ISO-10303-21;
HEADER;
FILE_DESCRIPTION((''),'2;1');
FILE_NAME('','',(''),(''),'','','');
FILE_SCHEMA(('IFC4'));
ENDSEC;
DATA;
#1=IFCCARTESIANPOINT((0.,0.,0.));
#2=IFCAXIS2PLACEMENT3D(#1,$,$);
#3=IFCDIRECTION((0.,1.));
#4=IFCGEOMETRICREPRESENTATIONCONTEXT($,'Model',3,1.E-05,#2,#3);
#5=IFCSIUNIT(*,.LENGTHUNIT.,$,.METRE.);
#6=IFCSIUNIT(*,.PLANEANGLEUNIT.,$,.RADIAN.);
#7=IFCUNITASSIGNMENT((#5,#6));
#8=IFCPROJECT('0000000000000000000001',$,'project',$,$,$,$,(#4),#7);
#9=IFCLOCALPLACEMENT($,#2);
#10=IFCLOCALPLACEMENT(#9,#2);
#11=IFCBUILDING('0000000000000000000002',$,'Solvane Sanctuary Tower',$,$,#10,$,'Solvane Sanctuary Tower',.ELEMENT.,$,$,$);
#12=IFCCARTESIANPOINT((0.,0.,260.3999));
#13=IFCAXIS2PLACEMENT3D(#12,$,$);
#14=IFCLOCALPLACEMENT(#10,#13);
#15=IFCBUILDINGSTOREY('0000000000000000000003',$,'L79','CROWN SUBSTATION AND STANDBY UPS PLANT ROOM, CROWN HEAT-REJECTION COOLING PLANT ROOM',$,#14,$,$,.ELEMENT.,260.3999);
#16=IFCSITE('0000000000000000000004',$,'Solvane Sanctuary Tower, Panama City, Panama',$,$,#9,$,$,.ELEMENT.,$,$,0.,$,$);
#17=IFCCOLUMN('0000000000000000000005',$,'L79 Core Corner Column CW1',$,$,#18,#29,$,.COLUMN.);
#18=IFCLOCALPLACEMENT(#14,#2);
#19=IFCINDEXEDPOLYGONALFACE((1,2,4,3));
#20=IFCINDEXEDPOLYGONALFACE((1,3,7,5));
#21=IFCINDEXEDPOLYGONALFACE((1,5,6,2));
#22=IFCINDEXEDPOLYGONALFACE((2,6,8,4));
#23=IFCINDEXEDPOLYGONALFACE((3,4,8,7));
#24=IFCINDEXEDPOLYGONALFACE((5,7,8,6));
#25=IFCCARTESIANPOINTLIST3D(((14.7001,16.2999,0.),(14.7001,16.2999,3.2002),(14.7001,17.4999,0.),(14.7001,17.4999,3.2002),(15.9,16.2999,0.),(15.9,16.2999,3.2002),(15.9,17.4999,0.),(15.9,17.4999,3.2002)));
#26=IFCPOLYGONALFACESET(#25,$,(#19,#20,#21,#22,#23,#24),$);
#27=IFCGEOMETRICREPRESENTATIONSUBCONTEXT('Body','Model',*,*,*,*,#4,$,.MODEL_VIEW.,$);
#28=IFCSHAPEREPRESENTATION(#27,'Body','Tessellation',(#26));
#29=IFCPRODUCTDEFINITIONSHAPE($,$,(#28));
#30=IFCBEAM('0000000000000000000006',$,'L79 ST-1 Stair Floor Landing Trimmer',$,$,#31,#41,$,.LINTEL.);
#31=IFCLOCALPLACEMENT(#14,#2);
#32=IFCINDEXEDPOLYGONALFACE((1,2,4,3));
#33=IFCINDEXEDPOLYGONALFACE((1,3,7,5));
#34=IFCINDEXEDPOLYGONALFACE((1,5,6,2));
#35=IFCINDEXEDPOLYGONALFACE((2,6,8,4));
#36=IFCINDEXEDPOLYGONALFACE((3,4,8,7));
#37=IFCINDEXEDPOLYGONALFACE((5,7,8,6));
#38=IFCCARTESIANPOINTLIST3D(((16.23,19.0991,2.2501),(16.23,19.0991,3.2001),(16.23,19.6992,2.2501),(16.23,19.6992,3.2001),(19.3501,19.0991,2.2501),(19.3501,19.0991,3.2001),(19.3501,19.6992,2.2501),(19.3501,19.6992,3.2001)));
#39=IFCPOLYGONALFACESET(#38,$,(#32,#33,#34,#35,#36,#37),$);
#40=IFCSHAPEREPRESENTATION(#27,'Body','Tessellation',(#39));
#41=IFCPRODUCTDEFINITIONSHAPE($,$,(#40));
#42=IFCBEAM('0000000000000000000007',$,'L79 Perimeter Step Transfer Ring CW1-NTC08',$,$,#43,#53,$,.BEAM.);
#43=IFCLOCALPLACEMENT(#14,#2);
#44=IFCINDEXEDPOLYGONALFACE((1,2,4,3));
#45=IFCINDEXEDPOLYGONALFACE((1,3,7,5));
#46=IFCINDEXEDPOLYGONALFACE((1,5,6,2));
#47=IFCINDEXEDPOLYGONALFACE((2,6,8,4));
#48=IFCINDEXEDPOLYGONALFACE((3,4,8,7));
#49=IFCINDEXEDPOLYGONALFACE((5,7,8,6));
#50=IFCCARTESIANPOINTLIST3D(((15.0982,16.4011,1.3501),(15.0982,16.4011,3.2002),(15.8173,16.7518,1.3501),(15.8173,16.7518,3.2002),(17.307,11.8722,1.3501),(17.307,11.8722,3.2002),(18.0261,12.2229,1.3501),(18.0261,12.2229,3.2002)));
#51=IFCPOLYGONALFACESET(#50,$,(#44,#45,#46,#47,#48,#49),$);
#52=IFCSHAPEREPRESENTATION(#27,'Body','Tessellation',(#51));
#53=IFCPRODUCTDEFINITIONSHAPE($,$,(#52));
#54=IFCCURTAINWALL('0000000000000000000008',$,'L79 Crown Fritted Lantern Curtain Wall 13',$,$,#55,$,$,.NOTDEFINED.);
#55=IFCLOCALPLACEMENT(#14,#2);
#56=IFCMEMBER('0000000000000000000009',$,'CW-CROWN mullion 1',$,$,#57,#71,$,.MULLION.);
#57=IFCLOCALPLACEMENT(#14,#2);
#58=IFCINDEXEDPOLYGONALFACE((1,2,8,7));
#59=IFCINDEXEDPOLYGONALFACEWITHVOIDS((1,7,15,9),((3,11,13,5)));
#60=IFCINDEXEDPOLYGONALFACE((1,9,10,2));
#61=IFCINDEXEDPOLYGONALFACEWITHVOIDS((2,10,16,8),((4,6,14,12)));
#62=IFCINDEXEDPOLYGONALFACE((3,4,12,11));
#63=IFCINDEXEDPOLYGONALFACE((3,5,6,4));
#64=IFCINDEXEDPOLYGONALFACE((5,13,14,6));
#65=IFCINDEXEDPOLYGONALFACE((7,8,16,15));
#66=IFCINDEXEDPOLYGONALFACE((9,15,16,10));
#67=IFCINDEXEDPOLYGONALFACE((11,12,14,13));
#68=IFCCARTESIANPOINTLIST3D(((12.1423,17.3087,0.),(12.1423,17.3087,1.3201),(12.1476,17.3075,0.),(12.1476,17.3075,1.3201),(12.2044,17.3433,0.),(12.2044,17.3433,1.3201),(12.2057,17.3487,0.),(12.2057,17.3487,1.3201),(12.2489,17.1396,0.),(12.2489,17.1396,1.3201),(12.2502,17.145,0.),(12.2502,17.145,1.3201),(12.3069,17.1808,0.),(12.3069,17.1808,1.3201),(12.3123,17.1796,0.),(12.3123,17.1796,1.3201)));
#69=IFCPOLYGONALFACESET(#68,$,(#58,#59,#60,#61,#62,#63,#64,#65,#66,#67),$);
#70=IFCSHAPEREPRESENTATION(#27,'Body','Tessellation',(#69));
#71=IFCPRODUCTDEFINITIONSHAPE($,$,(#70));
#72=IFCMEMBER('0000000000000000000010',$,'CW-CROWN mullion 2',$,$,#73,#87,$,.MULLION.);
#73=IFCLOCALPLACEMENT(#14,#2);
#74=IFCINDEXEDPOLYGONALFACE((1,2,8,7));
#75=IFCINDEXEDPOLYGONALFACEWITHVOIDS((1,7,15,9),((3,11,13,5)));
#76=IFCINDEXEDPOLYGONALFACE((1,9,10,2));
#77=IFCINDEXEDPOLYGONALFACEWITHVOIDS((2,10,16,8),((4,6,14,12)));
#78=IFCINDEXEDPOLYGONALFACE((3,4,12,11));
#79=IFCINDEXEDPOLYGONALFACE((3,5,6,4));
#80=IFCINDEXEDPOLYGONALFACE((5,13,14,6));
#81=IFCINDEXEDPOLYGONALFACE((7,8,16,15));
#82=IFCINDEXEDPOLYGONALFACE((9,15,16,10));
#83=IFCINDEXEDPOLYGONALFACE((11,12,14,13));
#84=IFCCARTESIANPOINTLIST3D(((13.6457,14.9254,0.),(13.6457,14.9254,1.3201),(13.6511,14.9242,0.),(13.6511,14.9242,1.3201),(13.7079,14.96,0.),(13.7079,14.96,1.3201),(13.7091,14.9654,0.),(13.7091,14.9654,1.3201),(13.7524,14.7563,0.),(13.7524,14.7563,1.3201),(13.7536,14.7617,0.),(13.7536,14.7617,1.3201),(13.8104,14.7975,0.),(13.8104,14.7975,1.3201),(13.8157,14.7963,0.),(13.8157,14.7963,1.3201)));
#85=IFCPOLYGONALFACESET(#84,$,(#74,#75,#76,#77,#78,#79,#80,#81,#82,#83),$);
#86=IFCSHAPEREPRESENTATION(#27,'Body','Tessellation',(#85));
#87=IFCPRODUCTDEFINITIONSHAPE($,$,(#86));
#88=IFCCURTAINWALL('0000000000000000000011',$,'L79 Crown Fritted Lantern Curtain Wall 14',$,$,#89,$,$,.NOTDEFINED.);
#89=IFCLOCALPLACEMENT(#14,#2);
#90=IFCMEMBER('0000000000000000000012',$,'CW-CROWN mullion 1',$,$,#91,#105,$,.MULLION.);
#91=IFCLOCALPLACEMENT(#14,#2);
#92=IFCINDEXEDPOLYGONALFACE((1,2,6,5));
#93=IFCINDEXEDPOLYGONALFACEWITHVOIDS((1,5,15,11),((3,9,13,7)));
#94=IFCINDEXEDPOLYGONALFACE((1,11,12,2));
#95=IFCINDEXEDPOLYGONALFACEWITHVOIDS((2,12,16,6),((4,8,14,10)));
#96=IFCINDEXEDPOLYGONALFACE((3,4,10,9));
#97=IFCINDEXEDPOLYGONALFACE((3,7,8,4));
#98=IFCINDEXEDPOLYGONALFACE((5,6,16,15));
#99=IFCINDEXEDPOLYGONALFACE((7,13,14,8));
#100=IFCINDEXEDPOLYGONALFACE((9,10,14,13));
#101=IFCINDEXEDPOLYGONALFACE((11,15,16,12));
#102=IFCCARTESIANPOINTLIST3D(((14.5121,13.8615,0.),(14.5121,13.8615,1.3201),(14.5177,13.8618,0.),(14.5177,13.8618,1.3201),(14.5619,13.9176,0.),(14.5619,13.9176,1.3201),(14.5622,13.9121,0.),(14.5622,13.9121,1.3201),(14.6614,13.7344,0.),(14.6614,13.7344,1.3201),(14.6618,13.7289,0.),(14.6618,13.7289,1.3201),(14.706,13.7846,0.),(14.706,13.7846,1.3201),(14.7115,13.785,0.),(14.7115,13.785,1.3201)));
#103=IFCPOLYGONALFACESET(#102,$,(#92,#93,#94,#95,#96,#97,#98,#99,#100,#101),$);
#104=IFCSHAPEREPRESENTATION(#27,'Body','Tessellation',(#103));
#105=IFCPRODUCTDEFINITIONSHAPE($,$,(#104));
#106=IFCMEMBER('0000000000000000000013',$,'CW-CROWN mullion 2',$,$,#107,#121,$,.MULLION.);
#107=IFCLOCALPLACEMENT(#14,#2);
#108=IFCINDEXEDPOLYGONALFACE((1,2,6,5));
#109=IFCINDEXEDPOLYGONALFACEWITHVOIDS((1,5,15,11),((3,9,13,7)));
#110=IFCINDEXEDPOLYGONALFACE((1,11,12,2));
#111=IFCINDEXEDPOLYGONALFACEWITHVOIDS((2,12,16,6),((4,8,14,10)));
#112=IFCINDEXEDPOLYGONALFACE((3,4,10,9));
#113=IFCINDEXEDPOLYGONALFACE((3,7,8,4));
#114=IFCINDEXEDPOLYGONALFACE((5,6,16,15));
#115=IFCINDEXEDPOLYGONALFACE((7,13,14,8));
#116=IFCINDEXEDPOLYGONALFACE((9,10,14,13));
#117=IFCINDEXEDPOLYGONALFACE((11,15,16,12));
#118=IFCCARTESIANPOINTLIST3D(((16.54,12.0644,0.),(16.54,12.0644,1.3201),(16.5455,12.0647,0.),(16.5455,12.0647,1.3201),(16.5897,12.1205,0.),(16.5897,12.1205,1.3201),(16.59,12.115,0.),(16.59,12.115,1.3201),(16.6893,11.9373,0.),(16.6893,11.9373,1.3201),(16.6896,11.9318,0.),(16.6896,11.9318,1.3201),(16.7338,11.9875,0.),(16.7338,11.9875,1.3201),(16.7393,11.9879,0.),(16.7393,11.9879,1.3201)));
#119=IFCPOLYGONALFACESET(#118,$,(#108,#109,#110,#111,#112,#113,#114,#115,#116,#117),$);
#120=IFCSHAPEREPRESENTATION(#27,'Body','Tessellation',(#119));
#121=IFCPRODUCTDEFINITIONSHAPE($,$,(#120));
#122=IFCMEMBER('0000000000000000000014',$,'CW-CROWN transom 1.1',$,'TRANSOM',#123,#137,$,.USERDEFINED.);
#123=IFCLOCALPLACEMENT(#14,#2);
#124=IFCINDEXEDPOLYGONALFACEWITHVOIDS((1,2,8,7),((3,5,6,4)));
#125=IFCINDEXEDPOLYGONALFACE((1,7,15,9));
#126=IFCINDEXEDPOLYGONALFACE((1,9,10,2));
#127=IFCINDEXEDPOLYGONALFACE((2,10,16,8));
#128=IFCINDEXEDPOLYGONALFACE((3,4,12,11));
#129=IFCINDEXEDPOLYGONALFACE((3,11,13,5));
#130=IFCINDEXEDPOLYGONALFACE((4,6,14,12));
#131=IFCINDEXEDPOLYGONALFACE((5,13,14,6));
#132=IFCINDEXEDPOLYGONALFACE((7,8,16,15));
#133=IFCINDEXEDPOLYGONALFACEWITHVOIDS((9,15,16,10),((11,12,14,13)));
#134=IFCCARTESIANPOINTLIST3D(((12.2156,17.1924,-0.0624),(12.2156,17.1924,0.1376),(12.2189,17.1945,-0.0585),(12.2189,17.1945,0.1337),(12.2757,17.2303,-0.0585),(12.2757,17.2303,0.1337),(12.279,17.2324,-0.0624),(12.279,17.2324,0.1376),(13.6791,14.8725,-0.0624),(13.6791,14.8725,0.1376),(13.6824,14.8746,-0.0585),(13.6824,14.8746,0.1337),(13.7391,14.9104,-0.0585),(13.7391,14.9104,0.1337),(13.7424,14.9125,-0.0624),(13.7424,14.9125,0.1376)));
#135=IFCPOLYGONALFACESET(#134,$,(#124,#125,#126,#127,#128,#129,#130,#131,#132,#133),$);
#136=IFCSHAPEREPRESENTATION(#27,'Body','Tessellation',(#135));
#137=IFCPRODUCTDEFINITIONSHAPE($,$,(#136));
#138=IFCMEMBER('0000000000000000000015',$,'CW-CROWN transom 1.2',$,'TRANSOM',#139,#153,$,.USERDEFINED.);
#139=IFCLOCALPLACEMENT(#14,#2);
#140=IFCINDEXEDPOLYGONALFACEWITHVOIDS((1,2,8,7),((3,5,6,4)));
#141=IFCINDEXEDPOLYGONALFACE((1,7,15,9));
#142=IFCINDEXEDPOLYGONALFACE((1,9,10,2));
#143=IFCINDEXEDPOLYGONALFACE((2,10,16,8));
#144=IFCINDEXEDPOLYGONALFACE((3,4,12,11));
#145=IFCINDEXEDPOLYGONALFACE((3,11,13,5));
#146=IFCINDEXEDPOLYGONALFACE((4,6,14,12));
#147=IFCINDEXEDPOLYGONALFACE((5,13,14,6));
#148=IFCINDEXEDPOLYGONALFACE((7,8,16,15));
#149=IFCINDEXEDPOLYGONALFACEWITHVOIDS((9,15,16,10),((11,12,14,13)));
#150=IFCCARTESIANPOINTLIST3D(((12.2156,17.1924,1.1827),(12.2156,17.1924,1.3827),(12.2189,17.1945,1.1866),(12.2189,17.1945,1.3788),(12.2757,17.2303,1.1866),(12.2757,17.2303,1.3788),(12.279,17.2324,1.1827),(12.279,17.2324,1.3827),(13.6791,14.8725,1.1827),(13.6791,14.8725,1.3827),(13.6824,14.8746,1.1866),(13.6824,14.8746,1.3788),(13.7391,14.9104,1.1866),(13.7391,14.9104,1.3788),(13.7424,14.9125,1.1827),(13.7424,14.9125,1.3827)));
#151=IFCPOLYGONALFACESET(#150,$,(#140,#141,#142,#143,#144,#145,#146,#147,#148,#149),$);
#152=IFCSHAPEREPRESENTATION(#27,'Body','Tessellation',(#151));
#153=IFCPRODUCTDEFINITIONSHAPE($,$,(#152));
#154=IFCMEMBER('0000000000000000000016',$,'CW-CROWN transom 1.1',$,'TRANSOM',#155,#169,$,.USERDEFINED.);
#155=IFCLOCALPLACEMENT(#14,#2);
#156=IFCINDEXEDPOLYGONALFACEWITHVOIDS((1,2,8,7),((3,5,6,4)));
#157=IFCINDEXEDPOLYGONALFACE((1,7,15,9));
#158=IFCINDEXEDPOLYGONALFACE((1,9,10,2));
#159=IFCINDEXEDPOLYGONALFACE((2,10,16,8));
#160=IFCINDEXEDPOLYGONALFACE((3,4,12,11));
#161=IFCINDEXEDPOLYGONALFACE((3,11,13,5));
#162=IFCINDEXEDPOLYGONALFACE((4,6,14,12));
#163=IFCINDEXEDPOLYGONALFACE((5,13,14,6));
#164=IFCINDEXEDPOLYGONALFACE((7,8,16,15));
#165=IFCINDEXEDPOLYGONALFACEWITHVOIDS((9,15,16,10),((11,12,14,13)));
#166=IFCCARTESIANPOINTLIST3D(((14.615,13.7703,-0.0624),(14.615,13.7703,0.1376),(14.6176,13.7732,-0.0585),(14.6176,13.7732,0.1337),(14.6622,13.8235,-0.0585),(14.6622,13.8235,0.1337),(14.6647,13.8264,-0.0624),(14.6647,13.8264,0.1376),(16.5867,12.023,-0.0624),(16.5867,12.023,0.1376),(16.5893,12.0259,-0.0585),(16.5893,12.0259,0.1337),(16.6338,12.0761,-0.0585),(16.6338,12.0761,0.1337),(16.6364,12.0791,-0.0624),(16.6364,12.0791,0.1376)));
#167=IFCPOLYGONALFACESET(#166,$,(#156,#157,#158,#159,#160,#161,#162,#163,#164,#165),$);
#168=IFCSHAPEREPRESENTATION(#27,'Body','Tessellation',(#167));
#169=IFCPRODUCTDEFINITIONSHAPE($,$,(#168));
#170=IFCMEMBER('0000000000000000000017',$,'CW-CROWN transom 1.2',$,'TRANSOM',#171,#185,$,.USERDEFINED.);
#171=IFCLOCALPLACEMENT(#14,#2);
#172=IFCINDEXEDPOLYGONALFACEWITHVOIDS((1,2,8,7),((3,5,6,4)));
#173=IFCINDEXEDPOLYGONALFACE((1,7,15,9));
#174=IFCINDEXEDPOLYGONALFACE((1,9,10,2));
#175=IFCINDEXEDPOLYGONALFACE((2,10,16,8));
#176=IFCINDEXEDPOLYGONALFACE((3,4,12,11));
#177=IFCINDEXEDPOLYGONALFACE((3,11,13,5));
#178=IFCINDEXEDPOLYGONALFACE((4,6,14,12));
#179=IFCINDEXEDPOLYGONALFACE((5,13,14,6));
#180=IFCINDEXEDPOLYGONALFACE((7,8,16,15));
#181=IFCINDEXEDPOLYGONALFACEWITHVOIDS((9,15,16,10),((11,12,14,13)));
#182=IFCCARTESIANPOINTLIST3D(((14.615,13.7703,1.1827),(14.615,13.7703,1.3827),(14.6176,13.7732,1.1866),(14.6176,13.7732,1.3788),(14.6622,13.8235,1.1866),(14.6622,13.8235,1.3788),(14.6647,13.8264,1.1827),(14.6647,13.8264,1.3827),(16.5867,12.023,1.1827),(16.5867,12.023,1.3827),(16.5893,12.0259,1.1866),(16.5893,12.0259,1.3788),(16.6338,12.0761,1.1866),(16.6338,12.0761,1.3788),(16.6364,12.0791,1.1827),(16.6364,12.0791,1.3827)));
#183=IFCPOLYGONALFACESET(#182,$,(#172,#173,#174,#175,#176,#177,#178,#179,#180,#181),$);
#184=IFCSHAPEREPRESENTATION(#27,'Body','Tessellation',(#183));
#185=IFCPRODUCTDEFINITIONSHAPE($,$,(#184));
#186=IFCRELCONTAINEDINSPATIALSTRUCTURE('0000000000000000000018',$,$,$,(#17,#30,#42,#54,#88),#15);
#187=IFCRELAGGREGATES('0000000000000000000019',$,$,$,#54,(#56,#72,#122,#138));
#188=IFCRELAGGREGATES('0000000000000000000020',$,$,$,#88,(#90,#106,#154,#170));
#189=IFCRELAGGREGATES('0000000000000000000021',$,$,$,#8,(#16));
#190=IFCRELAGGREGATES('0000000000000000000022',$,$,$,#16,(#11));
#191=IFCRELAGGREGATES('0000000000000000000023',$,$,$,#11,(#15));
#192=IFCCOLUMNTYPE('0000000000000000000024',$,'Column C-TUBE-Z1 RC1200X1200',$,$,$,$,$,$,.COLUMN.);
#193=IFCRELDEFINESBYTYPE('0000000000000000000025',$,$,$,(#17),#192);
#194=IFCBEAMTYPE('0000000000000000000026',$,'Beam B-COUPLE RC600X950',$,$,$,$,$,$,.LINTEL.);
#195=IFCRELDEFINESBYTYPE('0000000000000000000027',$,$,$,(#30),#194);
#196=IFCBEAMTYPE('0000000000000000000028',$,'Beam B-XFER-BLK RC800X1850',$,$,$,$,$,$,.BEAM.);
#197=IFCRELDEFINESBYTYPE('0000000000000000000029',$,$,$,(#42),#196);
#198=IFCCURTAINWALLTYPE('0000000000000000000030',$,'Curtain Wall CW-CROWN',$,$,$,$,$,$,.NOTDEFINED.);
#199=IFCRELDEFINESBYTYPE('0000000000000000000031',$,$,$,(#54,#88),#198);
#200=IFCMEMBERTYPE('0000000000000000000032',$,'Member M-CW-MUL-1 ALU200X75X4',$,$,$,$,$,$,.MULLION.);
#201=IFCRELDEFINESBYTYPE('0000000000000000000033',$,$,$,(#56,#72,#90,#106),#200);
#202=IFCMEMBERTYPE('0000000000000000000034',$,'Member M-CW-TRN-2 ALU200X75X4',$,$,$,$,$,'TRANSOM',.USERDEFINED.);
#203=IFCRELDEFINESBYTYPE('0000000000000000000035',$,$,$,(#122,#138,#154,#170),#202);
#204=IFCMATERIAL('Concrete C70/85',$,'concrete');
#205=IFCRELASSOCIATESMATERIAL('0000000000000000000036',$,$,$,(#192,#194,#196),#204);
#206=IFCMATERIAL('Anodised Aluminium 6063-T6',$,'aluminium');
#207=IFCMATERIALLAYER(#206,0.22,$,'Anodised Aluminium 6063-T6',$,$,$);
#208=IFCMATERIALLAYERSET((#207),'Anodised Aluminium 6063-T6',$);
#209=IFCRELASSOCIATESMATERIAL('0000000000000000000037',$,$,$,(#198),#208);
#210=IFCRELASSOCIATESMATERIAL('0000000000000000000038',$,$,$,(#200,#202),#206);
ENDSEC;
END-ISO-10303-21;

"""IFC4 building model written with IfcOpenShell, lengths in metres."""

from ifc_helpers import new_model, si_unit, direction, frame, origin, origin_2d, place, context, subcontext, project, spatial, rectangle, hollow_rectangle, extrude, material, layer, layer_set, material_profile, profile_set, type_object, element, aggregate, save


model = new_model("IFC4")

# Units and contexts
model_context = context("Model", 3, precision=1e-05, world=origin(), true_north=direction((0.0, 1.0)))
body_context = subcontext(model_context, "Body", "Model", "MODEL_VIEW")
ifc_project = project(units=[si_unit("LENGTHUNIT", "METRE"), si_unit("PLANEANGLEUNIT", "RADIAN")], contexts=[model_context])

# Site, building, storey
site_placement = place(None, origin())
site = spatial("IfcSite", under=ifc_project, at=site_placement, Name="Solvane Sanctuary Tower, Panama City, Panama", CompositionType="ELEMENT", RefElevation=0.0)
building_placement = place(site_placement, origin())
building = spatial("IfcBuilding", under=site, at=building_placement, Name="Solvane Sanctuary Tower", LongName="Solvane Sanctuary Tower", CompositionType="ELEMENT")
storey_placement = place(building_placement, frame((0.0, 0.0, 260.3999)))
storey = spatial("IfcBuildingStorey", under=building, at=storey_placement, Name="L79", Description="CROWN SUBSTATION AND STANDBY UPS PLANT ROOM, CROWN HEAT-REJECTION COOLING PLANT ROOM", CompositionType="ELEMENT", Elevation=260.3999)

# Column
ifc_material_1 = material(Name="Concrete C70/85", Category="concrete")
ifc_material_profile_1 = material_profile(ifc_material_1, rectangle(XDim=1.2, YDim=1.2, at=origin_2d()), Name="RC1200X1200")
ifc_profile_set_1 = profile_set([ifc_material_profile_1], Name="Concrete C70/85")
column_type = type_object("IfcColumnType", Name="Column C-TUBE-Z1 RC1200X1200", PredefinedType="COLUMN", material=ifc_profile_set_1)
column_placement = place(storey_placement, frame((15.3, 16.8999, 0.0), z_axis=(0.0, 0.0, 1.0), x_axis=(1.0, 0.0, 0.0)))
element("IfcColumn", 1, at=column_placement, inside=storey, type_object=column_type, Name="L79 Core Corner Column CW1", PredefinedType="COLUMN", context=body_context, shape_type="SweptSolid", body=[
    extrude(rectangle(XDim=1.2, YDim=1.2, at=origin_2d()), origin(), (0.0, 0.0, 1.0), 3.2002),
])

# Beams
ifc_material_profile_2 = material_profile(ifc_material_1, rectangle(XDim=0.6001, YDim=0.95, at=origin_2d()), Name="RC600X950")
ifc_profile_set_2 = profile_set([ifc_material_profile_2], Name="Concrete C70/85")
beam_type_1 = type_object("IfcBeamType", Name="Beam B-COUPLE RC600X950", PredefinedType="LINTEL", material=ifc_profile_set_2)
beam_1_placement = place(storey_placement, frame((16.23, 19.3992, 2.7251), z_axis=(1.0, 0.0, 0.0), x_axis=(0.0, 1.0, 0.0)))
element("IfcBeam", 2, at=beam_1_placement, inside=storey, type_object=beam_type_1, Name="L79 ST-1 Stair Floor Landing Trimmer", PredefinedType="LINTEL", context=body_context, shape_type="SweptSolid", body=[
    extrude(rectangle(XDim=0.6001, YDim=0.95, at=origin_2d()), origin(), (0.0, 0.0, 1.0), 3.1201),
])
ifc_material_profile_3 = material_profile(ifc_material_1, rectangle(XDim=0.8, YDim=1.8501, at=origin_2d()), Name="RC800X1850")
ifc_profile_set_3 = profile_set([ifc_material_profile_3], Name="Concrete C70/85")
beam_type_2 = type_object("IfcBeamType", Name="Beam B-XFER-BLK RC800X1850", PredefinedType="BEAM", material=ifc_profile_set_3)
beam_2_placement = place(storey_placement, frame((15.4578, 16.5764, 2.2751), z_axis=(0.438354, -0.898802, 0.0), x_axis=(0.898802, 0.438354, 0.0)))
element("IfcBeam", 3, at=beam_2_placement, inside=storey, type_object=beam_type_2, Name="L79 Perimeter Step Transfer Ring CW1-NTC08", PredefinedType="BEAM", context=body_context, shape_type="SweptSolid", body=[
    extrude(rectangle(XDim=0.8, YDim=1.8501, at=origin_2d()), origin(), (0.0, 0.0, 1.0), 5.0388),
])

# Curtain walls, members
ifc_material_2 = material(Name="Anodised Aluminium 6063-T6", Category="aluminium")
ifc_layer_1 = layer(ifc_material_2, 0.22, Name="Anodised Aluminium 6063-T6")
ifc_layer_set_1 = layer_set([ifc_layer_1], Name="Anodised Aluminium 6063-T6")
curtain_wall_type = type_object("IfcCurtainWallType", Name="Curtain Wall CW-CROWN", PredefinedType="NOTDEFINED", material=ifc_layer_set_1)
curtain_wall_1_placement = place(storey_placement, origin())
curtain_wall_1 = element("IfcCurtainWall", 4, at=curtain_wall_1_placement, inside=storey, type_object=curtain_wall_type, Name="L79 Crown Fritted Lantern Curtain Wall 13", PredefinedType="NOTDEFINED")
ifc_material_profile_4 = material_profile(ifc_material_2, hollow_rectangle(XDim=0.075, YDim=0.2, WallThickness=0.0039, at=origin_2d()), Name="ALU200X75X4")
ifc_profile_set_4 = profile_set([ifc_material_profile_4], Name="Anodised Aluminium 6063-T6")
member_type_1 = type_object("IfcMemberType", Name="Member M-CW-MUL-1 ALU200X75X4", PredefinedType="MULLION", material=ifc_profile_set_4)
member_1_placement = place(storey_placement, frame((12.2273, 17.2441, 0.0), z_axis=(0.0, 0.0, 1.0), x_axis=(0.845808, 0.533487, 0.0)))
member_1 = element("IfcMember", 5, at=member_1_placement, type_object=member_type_1, Name="CW-CROWN mullion 1", PredefinedType="MULLION", context=body_context, shape_type="SweptSolid", body=[
    extrude(hollow_rectangle(XDim=0.075, YDim=0.2, WallThickness=0.0039, at=origin_2d()), origin(), (0.0, 0.0, 1.0), 1.3201),
])
member_2_placement = place(storey_placement, frame((13.7307, 14.8608, 0.0), z_axis=(0.0, 0.0, 1.0), x_axis=(0.845808, 0.533487, 0.0)))
member_2 = element("IfcMember", 6, at=member_2_placement, type_object=member_type_1, Name="CW-CROWN mullion 2", PredefinedType="MULLION", context=body_context, shape_type="SweptSolid", body=[
    extrude(hollow_rectangle(XDim=0.075, YDim=0.2, WallThickness=0.0039, at=origin_2d()), origin(), (0.0, 0.0, 1.0), 1.3201),
])
curtain_wall_2_placement = place(storey_placement, origin())
curtain_wall_2 = element("IfcCurtainWall", 7, at=curtain_wall_2_placement, inside=storey, type_object=curtain_wall_type, Name="L79 Crown Fritted Lantern Curtain Wall 14", PredefinedType="NOTDEFINED")
member_3_placement = place(storey_placement, frame((14.6118, 13.8232, 0.0), z_axis=(0.0, 0.0, 1.0), x_axis=(0.663307, 0.748348, 0.0)))
member_3 = element("IfcMember", 8, at=member_3_placement, type_object=member_type_1, Name="CW-CROWN mullion 1", PredefinedType="MULLION", context=body_context, shape_type="SweptSolid", body=[
    extrude(hollow_rectangle(XDim=0.075, YDim=0.2, WallThickness=0.0039, at=origin_2d()), origin(), (0.0, 0.0, 1.0), 1.3201),
])
member_4_placement = place(storey_placement, frame((16.6396, 12.0261, 0.0), z_axis=(0.0, 0.0, 1.0), x_axis=(0.663307, 0.748348, 0.0)))
member_4 = element("IfcMember", 9, at=member_4_placement, type_object=member_type_1, Name="CW-CROWN mullion 2", PredefinedType="MULLION", context=body_context, shape_type="SweptSolid", body=[
    extrude(hollow_rectangle(XDim=0.075, YDim=0.2, WallThickness=0.0039, at=origin_2d()), origin(), (0.0, 0.0, 1.0), 1.3201),
])

# Members
ifc_material_profile_5 = material_profile(ifc_material_2, hollow_rectangle(XDim=0.075, YDim=0.2, WallThickness=0.0039, at=origin_2d()), Name="ALU200X75X4")
ifc_profile_set_5 = profile_set([ifc_material_profile_5], Name="Anodised Aluminium 6063-T6")
member_type_2 = type_object("IfcMemberType", Name="Member M-CW-TRN-2 ALU200X75X4", ElementType="TRANSOM", PredefinedType="USERDEFINED", material=ifc_profile_set_5)
member_5_placement = place(storey_placement, frame((12.2473, 17.2124, 0.0376), z_axis=(0.533531, -0.845781, 0.0), x_axis=(0.845781, 0.533531, 0.0)))
member_5 = element("IfcMember", 10, at=member_5_placement, type_object=member_type_2, Name="CW-CROWN transom 1.1", ObjectType="TRANSOM", PredefinedType="USERDEFINED", context=body_context, shape_type="SweptSolid", body=[
    extrude(hollow_rectangle(XDim=0.075, YDim=0.2, WallThickness=0.0039, at=origin_2d()), origin(), (0.0, 0.0, 1.0), 2.7429),
])
member_6_placement = place(storey_placement, frame((12.2473, 17.2124, 1.2827), z_axis=(0.533531, -0.845781, 0.0), x_axis=(0.845781, 0.533531, 0.0)))
member_6 = element("IfcMember", 11, at=member_6_placement, type_object=member_type_2, Name="CW-CROWN transom 1.2", ObjectType="TRANSOM", PredefinedType="USERDEFINED", context=body_context, shape_type="SweptSolid", body=[
    extrude(hollow_rectangle(XDim=0.075, YDim=0.2, WallThickness=0.0039, at=origin_2d()), origin(), (0.0, 0.0, 1.0), 2.7429),
])
member_7_placement = place(storey_placement, frame((14.6399, 13.7983, 0.0376), z_axis=(0.748405, -0.663241, 0.0), x_axis=(0.663241, 0.748405, 0.0)))
member_7 = element("IfcMember", 12, at=member_7_placement, type_object=member_type_2, Name="CW-CROWN transom 1.1", ObjectType="TRANSOM", PredefinedType="USERDEFINED", context=body_context, shape_type="SweptSolid", body=[
    extrude(hollow_rectangle(XDim=0.075, YDim=0.2, WallThickness=0.0039, at=origin_2d()), origin(), (0.0, 0.0, 1.0), 2.6345),
])
member_8_placement = place(storey_placement, frame((14.6399, 13.7983, 1.2827), z_axis=(0.748405, -0.663241, 0.0), x_axis=(0.663241, 0.748405, 0.0)))
member_8 = element("IfcMember", 13, at=member_8_placement, type_object=member_type_2, Name="CW-CROWN transom 1.2", ObjectType="TRANSOM", PredefinedType="USERDEFINED", context=body_context, shape_type="SweptSolid", body=[
    extrude(hollow_rectangle(XDim=0.075, YDim=0.2, WallThickness=0.0039, at=origin_2d()), origin(), (0.0, 0.0, 1.0), 2.6345),
])

aggregate(curtain_wall_1, [member_1, member_2, member_5, member_6])
aggregate(curtain_wall_2, [member_3, member_4, member_7, member_8])

save(model, "model.ifc")
